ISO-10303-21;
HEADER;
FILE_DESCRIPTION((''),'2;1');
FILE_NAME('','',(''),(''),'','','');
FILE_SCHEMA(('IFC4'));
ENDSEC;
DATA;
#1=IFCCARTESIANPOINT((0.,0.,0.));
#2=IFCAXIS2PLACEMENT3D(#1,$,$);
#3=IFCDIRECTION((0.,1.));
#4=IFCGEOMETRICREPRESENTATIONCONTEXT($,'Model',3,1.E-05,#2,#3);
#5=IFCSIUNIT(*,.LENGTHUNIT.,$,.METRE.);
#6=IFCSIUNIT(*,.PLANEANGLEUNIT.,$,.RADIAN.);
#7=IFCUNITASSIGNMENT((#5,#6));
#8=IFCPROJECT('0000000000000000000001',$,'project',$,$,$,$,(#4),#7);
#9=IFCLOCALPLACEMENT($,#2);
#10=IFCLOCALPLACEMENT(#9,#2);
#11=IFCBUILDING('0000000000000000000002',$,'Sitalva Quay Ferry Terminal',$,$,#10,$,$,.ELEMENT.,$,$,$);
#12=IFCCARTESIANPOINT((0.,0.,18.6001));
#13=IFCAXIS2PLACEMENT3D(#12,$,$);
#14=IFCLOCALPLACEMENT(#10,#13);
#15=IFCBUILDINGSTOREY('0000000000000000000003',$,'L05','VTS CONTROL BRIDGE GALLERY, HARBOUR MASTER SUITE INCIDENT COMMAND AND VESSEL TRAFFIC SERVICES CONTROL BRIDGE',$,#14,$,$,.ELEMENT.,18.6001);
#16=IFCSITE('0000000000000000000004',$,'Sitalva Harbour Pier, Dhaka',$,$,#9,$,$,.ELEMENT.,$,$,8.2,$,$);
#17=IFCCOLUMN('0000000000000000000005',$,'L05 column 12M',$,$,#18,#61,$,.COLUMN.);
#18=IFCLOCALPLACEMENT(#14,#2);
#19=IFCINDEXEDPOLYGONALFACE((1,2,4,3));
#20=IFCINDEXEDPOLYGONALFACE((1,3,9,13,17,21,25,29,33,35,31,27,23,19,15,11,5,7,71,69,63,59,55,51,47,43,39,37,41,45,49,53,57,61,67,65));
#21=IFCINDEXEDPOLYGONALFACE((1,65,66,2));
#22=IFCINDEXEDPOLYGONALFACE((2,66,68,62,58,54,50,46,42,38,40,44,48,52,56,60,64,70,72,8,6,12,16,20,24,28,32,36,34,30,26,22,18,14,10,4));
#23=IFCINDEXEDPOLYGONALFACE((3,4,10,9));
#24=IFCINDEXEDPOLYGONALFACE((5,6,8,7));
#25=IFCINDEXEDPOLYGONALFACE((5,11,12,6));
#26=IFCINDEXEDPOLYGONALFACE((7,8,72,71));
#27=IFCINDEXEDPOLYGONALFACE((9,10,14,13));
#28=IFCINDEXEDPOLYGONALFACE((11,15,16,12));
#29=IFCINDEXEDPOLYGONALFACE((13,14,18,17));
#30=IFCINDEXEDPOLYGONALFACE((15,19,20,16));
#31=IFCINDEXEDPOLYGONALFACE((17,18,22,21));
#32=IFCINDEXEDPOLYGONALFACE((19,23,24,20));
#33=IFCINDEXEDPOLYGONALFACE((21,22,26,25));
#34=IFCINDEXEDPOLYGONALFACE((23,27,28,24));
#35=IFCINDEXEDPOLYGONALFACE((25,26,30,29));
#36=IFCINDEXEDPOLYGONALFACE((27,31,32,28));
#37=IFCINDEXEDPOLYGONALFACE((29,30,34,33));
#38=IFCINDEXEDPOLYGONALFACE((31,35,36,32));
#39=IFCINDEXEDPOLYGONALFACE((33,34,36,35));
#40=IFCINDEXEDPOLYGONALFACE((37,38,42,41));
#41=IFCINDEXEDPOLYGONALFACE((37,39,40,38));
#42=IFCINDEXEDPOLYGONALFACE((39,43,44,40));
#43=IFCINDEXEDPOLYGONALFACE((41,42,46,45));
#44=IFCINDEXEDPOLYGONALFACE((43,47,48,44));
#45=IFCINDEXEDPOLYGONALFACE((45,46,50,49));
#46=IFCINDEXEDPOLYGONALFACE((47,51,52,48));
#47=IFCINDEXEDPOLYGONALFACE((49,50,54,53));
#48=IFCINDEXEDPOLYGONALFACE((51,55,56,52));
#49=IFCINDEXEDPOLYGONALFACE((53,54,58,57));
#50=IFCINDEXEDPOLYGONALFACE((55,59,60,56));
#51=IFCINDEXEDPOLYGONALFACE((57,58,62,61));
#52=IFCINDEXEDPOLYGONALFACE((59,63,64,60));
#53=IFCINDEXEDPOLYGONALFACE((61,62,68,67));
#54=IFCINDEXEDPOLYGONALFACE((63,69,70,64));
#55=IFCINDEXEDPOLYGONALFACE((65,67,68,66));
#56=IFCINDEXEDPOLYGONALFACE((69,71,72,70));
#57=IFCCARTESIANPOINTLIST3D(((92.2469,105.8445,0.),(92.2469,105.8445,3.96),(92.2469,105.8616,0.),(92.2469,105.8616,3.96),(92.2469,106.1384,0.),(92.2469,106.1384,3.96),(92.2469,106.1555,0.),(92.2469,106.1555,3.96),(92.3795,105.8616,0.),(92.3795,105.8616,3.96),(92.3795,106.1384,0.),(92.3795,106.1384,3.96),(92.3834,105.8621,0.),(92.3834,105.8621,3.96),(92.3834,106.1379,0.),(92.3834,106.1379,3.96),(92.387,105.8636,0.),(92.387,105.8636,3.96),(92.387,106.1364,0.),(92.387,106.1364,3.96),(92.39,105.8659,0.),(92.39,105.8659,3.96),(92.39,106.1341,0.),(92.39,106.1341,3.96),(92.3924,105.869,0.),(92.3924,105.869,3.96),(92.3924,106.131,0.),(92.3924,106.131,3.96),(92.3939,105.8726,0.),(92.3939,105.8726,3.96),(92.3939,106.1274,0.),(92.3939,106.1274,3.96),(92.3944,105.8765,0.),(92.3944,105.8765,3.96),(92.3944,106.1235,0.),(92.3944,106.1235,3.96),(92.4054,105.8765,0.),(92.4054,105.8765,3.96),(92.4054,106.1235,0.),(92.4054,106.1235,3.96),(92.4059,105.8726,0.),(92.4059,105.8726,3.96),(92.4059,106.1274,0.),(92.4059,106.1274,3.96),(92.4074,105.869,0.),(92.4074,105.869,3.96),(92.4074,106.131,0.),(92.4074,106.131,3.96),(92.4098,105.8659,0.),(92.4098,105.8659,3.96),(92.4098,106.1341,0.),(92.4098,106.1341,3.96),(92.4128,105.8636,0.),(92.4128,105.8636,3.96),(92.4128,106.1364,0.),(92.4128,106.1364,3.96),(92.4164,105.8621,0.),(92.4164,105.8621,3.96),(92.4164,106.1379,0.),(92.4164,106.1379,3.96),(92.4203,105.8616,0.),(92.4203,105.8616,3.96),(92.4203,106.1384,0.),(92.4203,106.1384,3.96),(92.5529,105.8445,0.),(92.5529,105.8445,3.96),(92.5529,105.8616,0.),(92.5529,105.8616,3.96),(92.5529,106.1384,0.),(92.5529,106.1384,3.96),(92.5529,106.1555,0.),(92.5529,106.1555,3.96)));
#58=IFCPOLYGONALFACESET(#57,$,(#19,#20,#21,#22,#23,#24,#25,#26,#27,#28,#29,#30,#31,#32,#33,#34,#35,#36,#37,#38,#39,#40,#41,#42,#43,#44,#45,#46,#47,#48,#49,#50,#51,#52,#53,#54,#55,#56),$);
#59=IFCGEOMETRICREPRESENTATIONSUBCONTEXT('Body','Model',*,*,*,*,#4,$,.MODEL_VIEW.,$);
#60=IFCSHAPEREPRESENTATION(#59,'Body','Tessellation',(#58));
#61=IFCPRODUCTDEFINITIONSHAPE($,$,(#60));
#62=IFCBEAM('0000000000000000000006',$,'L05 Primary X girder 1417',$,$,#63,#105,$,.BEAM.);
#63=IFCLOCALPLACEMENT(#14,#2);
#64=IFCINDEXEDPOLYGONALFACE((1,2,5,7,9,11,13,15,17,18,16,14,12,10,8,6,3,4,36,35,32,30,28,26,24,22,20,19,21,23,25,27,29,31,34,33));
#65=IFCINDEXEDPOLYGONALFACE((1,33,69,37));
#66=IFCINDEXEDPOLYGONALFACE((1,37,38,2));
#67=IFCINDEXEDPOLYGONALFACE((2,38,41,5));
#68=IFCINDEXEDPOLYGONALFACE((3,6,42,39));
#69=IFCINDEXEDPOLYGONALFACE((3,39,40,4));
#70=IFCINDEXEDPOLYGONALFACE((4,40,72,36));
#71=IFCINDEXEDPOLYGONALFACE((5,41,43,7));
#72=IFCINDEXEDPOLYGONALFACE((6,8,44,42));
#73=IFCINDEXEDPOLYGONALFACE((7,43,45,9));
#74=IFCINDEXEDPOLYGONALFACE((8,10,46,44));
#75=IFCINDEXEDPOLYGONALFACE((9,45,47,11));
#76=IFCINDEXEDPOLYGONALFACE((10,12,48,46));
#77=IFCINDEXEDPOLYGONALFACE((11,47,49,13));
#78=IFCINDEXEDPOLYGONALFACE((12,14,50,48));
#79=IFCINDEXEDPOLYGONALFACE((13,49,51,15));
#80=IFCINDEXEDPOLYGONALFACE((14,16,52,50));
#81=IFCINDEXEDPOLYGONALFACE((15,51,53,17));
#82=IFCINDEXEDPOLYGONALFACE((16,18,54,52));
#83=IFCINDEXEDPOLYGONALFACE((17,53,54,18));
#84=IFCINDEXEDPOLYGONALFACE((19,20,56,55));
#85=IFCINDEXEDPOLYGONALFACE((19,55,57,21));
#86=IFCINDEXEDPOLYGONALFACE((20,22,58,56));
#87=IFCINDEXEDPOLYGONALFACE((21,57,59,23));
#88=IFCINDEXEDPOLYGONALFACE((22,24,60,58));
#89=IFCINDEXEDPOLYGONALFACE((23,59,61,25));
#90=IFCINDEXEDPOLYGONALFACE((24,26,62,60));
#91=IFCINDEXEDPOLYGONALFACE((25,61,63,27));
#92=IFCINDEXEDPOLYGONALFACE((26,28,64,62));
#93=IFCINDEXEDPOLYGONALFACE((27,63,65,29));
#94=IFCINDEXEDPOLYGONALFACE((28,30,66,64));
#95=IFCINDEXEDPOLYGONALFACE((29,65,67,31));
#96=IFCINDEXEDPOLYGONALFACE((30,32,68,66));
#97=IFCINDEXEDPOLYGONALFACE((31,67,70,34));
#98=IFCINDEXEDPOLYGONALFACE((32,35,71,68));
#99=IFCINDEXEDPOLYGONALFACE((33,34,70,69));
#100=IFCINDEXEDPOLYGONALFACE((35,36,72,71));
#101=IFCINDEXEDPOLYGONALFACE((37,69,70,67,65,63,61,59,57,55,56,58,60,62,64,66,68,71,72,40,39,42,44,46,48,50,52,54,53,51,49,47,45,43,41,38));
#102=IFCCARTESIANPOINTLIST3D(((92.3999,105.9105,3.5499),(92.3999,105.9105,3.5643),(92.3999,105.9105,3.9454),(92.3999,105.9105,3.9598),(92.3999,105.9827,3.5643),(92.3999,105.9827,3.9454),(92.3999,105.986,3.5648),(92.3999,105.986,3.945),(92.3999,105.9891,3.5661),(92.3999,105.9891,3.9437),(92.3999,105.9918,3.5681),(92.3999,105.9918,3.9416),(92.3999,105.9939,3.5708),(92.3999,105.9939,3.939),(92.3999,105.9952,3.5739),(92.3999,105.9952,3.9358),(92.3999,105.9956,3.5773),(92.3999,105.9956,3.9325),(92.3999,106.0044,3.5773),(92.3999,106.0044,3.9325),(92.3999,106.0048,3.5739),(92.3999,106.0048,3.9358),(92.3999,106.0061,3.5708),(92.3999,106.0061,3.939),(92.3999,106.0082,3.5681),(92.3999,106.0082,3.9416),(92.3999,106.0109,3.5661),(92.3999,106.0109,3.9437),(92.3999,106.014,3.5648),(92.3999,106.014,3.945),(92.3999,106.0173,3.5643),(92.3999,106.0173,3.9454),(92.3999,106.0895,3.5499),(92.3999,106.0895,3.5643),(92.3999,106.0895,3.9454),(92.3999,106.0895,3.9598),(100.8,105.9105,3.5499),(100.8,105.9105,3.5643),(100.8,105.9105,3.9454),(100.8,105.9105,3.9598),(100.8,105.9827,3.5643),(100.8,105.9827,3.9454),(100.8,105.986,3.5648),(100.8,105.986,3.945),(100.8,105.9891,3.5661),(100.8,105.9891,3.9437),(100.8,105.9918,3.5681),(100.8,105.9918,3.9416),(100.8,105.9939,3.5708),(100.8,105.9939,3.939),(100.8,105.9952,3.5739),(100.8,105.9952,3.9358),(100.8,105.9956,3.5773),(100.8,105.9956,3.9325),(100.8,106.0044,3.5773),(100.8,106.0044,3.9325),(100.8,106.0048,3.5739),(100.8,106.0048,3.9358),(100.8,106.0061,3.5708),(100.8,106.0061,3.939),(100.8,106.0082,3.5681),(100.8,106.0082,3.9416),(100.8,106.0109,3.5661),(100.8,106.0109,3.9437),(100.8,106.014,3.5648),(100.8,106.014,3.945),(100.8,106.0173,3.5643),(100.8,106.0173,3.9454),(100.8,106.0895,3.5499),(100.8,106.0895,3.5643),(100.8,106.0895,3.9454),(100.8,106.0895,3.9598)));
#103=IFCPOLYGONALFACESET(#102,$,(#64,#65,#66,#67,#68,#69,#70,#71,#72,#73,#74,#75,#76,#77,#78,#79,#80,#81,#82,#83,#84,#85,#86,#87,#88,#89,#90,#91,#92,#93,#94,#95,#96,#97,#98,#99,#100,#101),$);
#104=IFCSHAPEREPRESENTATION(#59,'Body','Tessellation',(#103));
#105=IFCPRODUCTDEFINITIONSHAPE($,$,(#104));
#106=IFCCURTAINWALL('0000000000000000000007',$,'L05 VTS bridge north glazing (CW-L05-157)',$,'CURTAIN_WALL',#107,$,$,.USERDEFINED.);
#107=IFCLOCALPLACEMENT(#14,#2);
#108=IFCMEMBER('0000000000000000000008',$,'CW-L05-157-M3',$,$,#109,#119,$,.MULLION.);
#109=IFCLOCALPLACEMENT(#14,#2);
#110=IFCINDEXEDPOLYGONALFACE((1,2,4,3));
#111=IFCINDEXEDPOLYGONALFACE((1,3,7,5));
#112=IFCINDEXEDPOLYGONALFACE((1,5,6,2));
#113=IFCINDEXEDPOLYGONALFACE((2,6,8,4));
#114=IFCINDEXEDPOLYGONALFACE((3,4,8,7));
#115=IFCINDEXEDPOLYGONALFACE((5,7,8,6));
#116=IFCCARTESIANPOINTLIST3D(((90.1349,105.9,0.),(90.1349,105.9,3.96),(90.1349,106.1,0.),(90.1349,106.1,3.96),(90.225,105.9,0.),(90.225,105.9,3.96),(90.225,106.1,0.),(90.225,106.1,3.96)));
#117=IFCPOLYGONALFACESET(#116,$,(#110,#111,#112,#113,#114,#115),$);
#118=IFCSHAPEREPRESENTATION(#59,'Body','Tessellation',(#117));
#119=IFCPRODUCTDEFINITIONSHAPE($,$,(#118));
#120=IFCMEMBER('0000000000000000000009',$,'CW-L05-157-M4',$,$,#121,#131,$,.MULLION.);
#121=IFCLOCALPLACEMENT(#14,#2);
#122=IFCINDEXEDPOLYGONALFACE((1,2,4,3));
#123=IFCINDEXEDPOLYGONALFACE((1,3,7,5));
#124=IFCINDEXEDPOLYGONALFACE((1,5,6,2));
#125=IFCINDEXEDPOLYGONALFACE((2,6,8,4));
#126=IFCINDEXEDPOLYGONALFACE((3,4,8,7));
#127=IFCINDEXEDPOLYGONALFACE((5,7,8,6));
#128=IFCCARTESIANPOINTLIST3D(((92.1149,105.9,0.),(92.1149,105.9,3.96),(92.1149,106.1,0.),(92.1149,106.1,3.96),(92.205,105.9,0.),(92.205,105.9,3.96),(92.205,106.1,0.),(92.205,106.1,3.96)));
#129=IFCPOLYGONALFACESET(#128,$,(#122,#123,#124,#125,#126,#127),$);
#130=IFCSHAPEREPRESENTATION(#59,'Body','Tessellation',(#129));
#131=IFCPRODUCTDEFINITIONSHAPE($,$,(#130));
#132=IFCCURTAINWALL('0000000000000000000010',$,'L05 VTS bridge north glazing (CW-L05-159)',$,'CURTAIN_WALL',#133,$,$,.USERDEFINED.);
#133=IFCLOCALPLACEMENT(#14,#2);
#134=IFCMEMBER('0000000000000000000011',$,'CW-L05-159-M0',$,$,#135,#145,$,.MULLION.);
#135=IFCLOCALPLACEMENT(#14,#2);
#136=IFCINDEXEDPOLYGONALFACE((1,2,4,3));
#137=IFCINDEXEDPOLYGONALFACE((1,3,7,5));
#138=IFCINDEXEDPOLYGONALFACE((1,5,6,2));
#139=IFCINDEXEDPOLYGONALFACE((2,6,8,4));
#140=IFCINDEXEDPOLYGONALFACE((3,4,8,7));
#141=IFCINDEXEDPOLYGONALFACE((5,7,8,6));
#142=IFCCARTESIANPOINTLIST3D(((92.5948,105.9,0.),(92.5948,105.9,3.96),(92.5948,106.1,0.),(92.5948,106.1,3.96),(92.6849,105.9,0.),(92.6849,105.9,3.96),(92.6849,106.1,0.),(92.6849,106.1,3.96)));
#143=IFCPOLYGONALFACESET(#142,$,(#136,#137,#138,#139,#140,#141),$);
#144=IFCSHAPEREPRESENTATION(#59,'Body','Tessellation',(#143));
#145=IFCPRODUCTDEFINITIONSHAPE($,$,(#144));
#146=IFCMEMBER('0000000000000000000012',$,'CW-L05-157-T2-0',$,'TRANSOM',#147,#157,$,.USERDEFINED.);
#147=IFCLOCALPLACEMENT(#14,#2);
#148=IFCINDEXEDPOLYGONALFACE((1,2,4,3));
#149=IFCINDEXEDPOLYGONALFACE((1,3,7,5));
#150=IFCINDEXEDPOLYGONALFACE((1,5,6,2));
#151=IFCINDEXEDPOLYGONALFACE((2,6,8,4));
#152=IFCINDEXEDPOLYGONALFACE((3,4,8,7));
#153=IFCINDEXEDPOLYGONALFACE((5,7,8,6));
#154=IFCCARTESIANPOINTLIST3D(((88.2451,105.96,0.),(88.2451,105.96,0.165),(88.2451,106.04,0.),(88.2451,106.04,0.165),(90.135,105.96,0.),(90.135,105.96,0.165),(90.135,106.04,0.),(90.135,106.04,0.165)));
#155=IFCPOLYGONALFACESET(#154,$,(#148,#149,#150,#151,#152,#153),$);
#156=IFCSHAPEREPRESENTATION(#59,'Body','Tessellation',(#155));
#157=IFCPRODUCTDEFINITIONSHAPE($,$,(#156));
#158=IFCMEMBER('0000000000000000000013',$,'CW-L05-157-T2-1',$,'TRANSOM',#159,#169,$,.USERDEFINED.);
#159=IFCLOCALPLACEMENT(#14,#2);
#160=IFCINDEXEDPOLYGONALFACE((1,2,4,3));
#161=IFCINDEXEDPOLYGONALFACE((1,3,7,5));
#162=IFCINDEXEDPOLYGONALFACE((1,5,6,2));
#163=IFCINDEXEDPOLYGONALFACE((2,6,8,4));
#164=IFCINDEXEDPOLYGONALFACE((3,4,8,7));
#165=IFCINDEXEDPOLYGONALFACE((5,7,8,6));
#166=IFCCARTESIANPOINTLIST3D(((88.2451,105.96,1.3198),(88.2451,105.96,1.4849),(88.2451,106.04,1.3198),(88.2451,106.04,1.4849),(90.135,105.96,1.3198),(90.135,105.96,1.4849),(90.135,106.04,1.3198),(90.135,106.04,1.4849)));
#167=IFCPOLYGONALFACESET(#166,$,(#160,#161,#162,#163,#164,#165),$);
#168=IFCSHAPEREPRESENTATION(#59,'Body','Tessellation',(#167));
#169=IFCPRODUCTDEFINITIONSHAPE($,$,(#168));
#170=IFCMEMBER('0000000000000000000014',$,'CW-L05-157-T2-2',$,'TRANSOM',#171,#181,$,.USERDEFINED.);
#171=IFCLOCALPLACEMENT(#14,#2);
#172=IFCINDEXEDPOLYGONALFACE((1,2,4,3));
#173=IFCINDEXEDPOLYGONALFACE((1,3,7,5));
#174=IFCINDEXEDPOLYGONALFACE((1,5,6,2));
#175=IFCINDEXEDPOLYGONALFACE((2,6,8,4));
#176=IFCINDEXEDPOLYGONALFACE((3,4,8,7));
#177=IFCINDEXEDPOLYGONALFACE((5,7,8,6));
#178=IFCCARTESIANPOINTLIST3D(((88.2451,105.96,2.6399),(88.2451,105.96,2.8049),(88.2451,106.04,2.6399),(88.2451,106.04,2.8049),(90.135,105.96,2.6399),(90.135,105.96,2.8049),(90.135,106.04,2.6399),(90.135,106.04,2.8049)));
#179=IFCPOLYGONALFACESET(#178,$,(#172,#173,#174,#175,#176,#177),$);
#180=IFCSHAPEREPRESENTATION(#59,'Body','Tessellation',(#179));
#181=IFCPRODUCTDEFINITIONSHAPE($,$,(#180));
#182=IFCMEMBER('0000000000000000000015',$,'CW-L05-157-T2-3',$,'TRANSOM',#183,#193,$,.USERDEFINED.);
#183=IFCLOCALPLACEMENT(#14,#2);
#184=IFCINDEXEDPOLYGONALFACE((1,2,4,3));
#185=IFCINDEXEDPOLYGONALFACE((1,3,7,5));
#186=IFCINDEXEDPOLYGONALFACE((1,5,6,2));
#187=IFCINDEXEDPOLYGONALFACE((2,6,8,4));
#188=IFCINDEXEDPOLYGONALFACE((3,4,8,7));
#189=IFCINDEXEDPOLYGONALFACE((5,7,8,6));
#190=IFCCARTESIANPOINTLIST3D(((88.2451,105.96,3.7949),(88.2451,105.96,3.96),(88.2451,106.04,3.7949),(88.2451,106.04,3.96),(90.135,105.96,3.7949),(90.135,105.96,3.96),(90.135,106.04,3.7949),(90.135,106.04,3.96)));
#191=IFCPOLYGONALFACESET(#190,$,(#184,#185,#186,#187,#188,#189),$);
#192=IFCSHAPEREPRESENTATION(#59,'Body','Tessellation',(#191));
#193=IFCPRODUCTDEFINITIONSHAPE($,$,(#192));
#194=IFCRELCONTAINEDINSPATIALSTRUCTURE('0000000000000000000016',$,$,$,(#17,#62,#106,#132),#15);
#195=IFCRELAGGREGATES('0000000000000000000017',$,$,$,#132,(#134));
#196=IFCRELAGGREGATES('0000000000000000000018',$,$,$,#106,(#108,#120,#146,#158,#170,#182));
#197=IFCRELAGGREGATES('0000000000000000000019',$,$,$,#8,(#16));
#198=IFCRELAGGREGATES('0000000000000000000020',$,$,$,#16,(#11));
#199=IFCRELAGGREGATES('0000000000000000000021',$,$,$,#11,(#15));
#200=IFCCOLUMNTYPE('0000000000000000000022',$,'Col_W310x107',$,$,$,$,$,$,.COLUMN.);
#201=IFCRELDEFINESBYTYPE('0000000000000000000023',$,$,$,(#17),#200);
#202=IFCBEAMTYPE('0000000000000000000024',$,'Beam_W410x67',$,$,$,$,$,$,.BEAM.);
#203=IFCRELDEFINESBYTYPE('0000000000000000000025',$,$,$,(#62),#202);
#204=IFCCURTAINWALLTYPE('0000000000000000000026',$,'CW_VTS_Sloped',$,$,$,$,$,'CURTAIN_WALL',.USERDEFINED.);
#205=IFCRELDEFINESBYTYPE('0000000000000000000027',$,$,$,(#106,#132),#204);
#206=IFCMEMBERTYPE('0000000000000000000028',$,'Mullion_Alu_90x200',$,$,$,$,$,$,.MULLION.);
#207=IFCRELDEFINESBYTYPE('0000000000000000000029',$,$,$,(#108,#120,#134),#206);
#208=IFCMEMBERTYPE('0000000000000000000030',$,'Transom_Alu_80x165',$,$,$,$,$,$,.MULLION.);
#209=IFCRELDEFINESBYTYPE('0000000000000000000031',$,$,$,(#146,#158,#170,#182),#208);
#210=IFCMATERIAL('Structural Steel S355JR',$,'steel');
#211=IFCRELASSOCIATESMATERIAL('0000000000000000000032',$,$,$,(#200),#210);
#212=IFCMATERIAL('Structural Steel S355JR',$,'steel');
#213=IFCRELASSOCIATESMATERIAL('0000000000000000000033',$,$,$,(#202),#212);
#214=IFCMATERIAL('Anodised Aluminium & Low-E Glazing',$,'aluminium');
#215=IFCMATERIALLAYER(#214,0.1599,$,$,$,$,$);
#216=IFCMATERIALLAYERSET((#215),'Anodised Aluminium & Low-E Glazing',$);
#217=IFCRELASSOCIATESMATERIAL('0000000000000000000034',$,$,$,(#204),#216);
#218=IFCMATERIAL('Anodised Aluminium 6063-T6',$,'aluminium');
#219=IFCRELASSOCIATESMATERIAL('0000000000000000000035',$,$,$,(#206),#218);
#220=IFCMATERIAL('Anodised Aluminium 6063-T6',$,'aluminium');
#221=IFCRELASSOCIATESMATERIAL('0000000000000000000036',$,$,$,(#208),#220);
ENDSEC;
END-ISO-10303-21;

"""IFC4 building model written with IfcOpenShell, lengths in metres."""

from ifc_helpers import new_model, si_unit, direction, frame, origin, origin_2d, place, context, subcontext, project, spatial, rectangle, i_section, extrude, material, layer, layer_set, material_profile, profile_set, type_object, element, aggregate, save


model = new_model("IFC4")

# Units and contexts
model_context = context("Model", 3, precision=1e-05, world=origin(), true_north=direction((0.0, 1.0)))
body_context = subcontext(model_context, "Body", "Model", "MODEL_VIEW")
ifc_project = project(units=[si_unit("LENGTHUNIT", "METRE"), si_unit("PLANEANGLEUNIT", "RADIAN")], contexts=[model_context])

# Site, building, storey
site_placement = place(None, origin())
site = spatial("IfcSite", under=ifc_project, at=site_placement, Name="Sitalva Harbour Pier, Dhaka", CompositionType="ELEMENT", RefElevation=8.2)
building_placement = place(site_placement, origin())
building = spatial("IfcBuilding", under=site, at=building_placement, Name="Sitalva Quay Ferry Terminal", CompositionType="ELEMENT")
storey_placement = place(building_placement, frame((0.0, 0.0, 18.6001)))
storey = spatial("IfcBuildingStorey", under=building, at=storey_placement, Name="L05", Description="VTS CONTROL BRIDGE GALLERY, HARBOUR MASTER SUITE INCIDENT COMMAND AND VESSEL TRAFFIC SERVICES CONTROL BRIDGE", CompositionType="ELEMENT", Elevation=18.6001)

# Column
ifc_material_1 = material(Name="Structural Steel S355JR", Category="steel")
ifc_material_profile_1 = material_profile(ifc_material_1, i_section(OverallWidth=0.3059, OverallDepth=0.311, WebThickness=0.011, FlangeThickness=0.0171, FilletRadius=0.0149, at=origin_2d()), Name="W310x107")
ifc_profile_set_1 = profile_set([ifc_material_profile_1], Name="Structural Steel S355JR")
column_type = type_object("IfcColumnType", Name="Col_W310x107", PredefinedType="COLUMN", material=ifc_profile_set_1)
column_placement = place(storey_placement, frame((92.3999, 106.0, 0.0), z_axis=(0.0, 0.0, 1.0), x_axis=(1.0, 0.0, 0.0)))
element("IfcColumn", 1, at=column_placement, inside=storey, type_object=column_type, Name="L05 column 12M", PredefinedType="COLUMN", context=body_context, shape_type="SweptSolid", body=[
    extrude(i_section(OverallWidth=0.3059, OverallDepth=0.311, WebThickness=0.011, FlangeThickness=0.0171, FilletRadius=0.0149, at=origin_2d()), origin(), (0.0, 0.0, 1.0), 3.96),
])

# Beam
ifc_material_2 = material(Name="Structural Steel S355JR", Category="steel")
ifc_material_profile_2 = material_profile(ifc_material_2, i_section(OverallWidth=0.179, OverallDepth=0.4099, WebThickness=0.0088, FlangeThickness=0.0144, FilletRadius=0.0129, at=origin_2d()), Name="W410x67")
ifc_profile_set_2 = profile_set([ifc_material_profile_2], Name="Structural Steel S355JR")
beam_type = type_object("IfcBeamType", Name="Beam_W410x67", PredefinedType="BEAM", material=ifc_profile_set_2)
beam_placement = place(storey_placement, frame((92.3999, 106.0, 3.7549), z_axis=(1.0, 0.0, 0.0), x_axis=(0.0, 1.0, 0.0)))
element("IfcBeam", 2, at=beam_placement, inside=storey, type_object=beam_type, Name="L05 Primary X girder 1417", PredefinedType="BEAM", context=body_context, shape_type="SweptSolid", body=[
    extrude(i_section(OverallWidth=0.179, OverallDepth=0.4099, WebThickness=0.0088, FlangeThickness=0.0144, FilletRadius=0.0129, at=origin_2d()), origin(), (0.0, 0.0, 1.0), 8.4001),
])

# Curtain wall, members
ifc_material_3 = material(Name="Anodised Aluminium & Low-E Glazing", Category="aluminium")
ifc_layer_1 = layer(ifc_material_3, 0.1599)
ifc_layer_set_1 = layer_set([ifc_layer_1], Name="Anodised Aluminium & Low-E Glazing")
curtain_wall_type = type_object("IfcCurtainWallType", Name="CW_VTS_Sloped", ElementType="CURTAIN_WALL", PredefinedType="USERDEFINED", material=ifc_layer_set_1)
curtain_wall_1_placement = place(storey_placement, origin())
curtain_wall_1 = element("IfcCurtainWall", 3, at=curtain_wall_1_placement, inside=storey, type_object=curtain_wall_type, Name="L05 VTS bridge north glazing (CW-L05-157)", ObjectType="CURTAIN_WALL", PredefinedType="USERDEFINED")
ifc_material_4 = material(Name="Anodised Aluminium 6063-T6", Category="aluminium")
ifc_material_profile_3 = material_profile(ifc_material_4, rectangle(XDim=0.0901, YDim=0.2, at=origin_2d()), Name="ALU90x200")
ifc_profile_set_3 = profile_set([ifc_material_profile_3], Name="Anodised Aluminium 6063-T6")
member_type_1 = type_object("IfcMemberType", Name="Mullion_Alu_90x200", PredefinedType="MULLION", material=ifc_profile_set_3)
member_1_placement = place(storey_placement, frame((90.1799, 106.0, 0.0), z_axis=(0.0, 0.0, 1.0), x_axis=(1.0, 0.0, 0.0)))
member_1 = element("IfcMember", 4, at=member_1_placement, type_object=member_type_1, Name="CW-L05-157-M3", PredefinedType="MULLION", context=body_context, shape_type="SweptSolid", body=[
    extrude(rectangle(XDim=0.0901, YDim=0.2, at=origin_2d()), origin(), (0.0, 0.0, 1.0), 3.96),
])
member_2_placement = place(storey_placement, frame((92.1599, 106.0, 0.0), z_axis=(0.0, 0.0, 1.0), x_axis=(1.0, 0.0, 0.0)))
member_2 = element("IfcMember", 5, at=member_2_placement, type_object=member_type_1, Name="CW-L05-157-M4", PredefinedType="MULLION", context=body_context, shape_type="SweptSolid", body=[
    extrude(rectangle(XDim=0.0901, YDim=0.2, at=origin_2d()), origin(), (0.0, 0.0, 1.0), 3.96),
])

# Curtain wall, member
curtain_wall_2_placement = place(storey_placement, origin())
curtain_wall_2 = element("IfcCurtainWall", 6, at=curtain_wall_2_placement, inside=storey, type_object=curtain_wall_type, Name="L05 VTS bridge north glazing (CW-L05-159)", ObjectType="CURTAIN_WALL", PredefinedType="USERDEFINED")
member_3_placement = place(storey_placement, frame((92.6399, 106.0, 0.0), z_axis=(0.0, 0.0, 1.0), x_axis=(1.0, 0.0, 0.0)))
member_3 = element("IfcMember", 7, at=member_3_placement, type_object=member_type_1, Name="CW-L05-159-M0", PredefinedType="MULLION", context=body_context, shape_type="SweptSolid", body=[
    extrude(rectangle(XDim=0.0901, YDim=0.2, at=origin_2d()), origin(), (0.0, 0.0, 1.0), 3.96),
])

# Members
ifc_material_5 = material(Name="Anodised Aluminium 6063-T6", Category="aluminium")
ifc_material_profile_4 = material_profile(ifc_material_5, rectangle(XDim=0.0801, YDim=0.165, at=origin_2d()), Name="ALU80x165")
ifc_profile_set_4 = profile_set([ifc_material_profile_4], Name="Anodised Aluminium 6063-T6")
member_type_2 = type_object("IfcMemberType", Name="Transom_Alu_80x165", PredefinedType="MULLION", material=ifc_profile_set_4)
member_4_placement = place(storey_placement, frame((88.2451, 106.0, 0.0825), z_axis=(1.0, 0.0, 0.0), x_axis=(0.0, 1.0, 0.0)))
member_4 = element("IfcMember", 8, at=member_4_placement, type_object=member_type_2, Name="CW-L05-157-T2-0", ObjectType="TRANSOM", PredefinedType="USERDEFINED", context=body_context, shape_type="SweptSolid", body=[
    extrude(rectangle(XDim=0.0801, YDim=0.165, at=origin_2d()), origin(), (0.0, 0.0, 1.0), 1.8899),
])
member_5_placement = place(storey_placement, frame((88.2451, 106.0, 1.4023), z_axis=(1.0, 0.0, 0.0), x_axis=(0.0, 1.0, 0.0)))
member_5 = element("IfcMember", 9, at=member_5_placement, type_object=member_type_2, Name="CW-L05-157-T2-1", ObjectType="TRANSOM", PredefinedType="USERDEFINED", context=body_context, shape_type="SweptSolid", body=[
    extrude(rectangle(XDim=0.0801, YDim=0.165, at=origin_2d()), origin(), (0.0, 0.0, 1.0), 1.8899),
])
member_6_placement = place(storey_placement, frame((88.2451, 106.0, 2.7224), z_axis=(1.0, 0.0, 0.0), x_axis=(0.0, 1.0, 0.0)))
member_6 = element("IfcMember", 10, at=member_6_placement, type_object=member_type_2, Name="CW-L05-157-T2-2", ObjectType="TRANSOM", PredefinedType="USERDEFINED", context=body_context, shape_type="SweptSolid", body=[
    extrude(rectangle(XDim=0.0801, YDim=0.165, at=origin_2d()), origin(), (0.0, 0.0, 1.0), 1.8899),
])
member_7_placement = place(storey_placement, frame((88.2451, 106.0, 3.8774), z_axis=(1.0, 0.0, 0.0), x_axis=(0.0, 1.0, 0.0)))
member_7 = element("IfcMember", 11, at=member_7_placement, type_object=member_type_2, Name="CW-L05-157-T2-3", ObjectType="TRANSOM", PredefinedType="USERDEFINED", context=body_context, shape_type="SweptSolid", body=[
    extrude(rectangle(XDim=0.0801, YDim=0.165, at=origin_2d()), origin(), (0.0, 0.0, 1.0), 1.8899),
])
aggregate(curtain_wall_2, [member_3])

aggregate(curtain_wall_1, [member_1, member_2, member_4, member_5, member_6, member_7])

save(model, "model.ifc")
